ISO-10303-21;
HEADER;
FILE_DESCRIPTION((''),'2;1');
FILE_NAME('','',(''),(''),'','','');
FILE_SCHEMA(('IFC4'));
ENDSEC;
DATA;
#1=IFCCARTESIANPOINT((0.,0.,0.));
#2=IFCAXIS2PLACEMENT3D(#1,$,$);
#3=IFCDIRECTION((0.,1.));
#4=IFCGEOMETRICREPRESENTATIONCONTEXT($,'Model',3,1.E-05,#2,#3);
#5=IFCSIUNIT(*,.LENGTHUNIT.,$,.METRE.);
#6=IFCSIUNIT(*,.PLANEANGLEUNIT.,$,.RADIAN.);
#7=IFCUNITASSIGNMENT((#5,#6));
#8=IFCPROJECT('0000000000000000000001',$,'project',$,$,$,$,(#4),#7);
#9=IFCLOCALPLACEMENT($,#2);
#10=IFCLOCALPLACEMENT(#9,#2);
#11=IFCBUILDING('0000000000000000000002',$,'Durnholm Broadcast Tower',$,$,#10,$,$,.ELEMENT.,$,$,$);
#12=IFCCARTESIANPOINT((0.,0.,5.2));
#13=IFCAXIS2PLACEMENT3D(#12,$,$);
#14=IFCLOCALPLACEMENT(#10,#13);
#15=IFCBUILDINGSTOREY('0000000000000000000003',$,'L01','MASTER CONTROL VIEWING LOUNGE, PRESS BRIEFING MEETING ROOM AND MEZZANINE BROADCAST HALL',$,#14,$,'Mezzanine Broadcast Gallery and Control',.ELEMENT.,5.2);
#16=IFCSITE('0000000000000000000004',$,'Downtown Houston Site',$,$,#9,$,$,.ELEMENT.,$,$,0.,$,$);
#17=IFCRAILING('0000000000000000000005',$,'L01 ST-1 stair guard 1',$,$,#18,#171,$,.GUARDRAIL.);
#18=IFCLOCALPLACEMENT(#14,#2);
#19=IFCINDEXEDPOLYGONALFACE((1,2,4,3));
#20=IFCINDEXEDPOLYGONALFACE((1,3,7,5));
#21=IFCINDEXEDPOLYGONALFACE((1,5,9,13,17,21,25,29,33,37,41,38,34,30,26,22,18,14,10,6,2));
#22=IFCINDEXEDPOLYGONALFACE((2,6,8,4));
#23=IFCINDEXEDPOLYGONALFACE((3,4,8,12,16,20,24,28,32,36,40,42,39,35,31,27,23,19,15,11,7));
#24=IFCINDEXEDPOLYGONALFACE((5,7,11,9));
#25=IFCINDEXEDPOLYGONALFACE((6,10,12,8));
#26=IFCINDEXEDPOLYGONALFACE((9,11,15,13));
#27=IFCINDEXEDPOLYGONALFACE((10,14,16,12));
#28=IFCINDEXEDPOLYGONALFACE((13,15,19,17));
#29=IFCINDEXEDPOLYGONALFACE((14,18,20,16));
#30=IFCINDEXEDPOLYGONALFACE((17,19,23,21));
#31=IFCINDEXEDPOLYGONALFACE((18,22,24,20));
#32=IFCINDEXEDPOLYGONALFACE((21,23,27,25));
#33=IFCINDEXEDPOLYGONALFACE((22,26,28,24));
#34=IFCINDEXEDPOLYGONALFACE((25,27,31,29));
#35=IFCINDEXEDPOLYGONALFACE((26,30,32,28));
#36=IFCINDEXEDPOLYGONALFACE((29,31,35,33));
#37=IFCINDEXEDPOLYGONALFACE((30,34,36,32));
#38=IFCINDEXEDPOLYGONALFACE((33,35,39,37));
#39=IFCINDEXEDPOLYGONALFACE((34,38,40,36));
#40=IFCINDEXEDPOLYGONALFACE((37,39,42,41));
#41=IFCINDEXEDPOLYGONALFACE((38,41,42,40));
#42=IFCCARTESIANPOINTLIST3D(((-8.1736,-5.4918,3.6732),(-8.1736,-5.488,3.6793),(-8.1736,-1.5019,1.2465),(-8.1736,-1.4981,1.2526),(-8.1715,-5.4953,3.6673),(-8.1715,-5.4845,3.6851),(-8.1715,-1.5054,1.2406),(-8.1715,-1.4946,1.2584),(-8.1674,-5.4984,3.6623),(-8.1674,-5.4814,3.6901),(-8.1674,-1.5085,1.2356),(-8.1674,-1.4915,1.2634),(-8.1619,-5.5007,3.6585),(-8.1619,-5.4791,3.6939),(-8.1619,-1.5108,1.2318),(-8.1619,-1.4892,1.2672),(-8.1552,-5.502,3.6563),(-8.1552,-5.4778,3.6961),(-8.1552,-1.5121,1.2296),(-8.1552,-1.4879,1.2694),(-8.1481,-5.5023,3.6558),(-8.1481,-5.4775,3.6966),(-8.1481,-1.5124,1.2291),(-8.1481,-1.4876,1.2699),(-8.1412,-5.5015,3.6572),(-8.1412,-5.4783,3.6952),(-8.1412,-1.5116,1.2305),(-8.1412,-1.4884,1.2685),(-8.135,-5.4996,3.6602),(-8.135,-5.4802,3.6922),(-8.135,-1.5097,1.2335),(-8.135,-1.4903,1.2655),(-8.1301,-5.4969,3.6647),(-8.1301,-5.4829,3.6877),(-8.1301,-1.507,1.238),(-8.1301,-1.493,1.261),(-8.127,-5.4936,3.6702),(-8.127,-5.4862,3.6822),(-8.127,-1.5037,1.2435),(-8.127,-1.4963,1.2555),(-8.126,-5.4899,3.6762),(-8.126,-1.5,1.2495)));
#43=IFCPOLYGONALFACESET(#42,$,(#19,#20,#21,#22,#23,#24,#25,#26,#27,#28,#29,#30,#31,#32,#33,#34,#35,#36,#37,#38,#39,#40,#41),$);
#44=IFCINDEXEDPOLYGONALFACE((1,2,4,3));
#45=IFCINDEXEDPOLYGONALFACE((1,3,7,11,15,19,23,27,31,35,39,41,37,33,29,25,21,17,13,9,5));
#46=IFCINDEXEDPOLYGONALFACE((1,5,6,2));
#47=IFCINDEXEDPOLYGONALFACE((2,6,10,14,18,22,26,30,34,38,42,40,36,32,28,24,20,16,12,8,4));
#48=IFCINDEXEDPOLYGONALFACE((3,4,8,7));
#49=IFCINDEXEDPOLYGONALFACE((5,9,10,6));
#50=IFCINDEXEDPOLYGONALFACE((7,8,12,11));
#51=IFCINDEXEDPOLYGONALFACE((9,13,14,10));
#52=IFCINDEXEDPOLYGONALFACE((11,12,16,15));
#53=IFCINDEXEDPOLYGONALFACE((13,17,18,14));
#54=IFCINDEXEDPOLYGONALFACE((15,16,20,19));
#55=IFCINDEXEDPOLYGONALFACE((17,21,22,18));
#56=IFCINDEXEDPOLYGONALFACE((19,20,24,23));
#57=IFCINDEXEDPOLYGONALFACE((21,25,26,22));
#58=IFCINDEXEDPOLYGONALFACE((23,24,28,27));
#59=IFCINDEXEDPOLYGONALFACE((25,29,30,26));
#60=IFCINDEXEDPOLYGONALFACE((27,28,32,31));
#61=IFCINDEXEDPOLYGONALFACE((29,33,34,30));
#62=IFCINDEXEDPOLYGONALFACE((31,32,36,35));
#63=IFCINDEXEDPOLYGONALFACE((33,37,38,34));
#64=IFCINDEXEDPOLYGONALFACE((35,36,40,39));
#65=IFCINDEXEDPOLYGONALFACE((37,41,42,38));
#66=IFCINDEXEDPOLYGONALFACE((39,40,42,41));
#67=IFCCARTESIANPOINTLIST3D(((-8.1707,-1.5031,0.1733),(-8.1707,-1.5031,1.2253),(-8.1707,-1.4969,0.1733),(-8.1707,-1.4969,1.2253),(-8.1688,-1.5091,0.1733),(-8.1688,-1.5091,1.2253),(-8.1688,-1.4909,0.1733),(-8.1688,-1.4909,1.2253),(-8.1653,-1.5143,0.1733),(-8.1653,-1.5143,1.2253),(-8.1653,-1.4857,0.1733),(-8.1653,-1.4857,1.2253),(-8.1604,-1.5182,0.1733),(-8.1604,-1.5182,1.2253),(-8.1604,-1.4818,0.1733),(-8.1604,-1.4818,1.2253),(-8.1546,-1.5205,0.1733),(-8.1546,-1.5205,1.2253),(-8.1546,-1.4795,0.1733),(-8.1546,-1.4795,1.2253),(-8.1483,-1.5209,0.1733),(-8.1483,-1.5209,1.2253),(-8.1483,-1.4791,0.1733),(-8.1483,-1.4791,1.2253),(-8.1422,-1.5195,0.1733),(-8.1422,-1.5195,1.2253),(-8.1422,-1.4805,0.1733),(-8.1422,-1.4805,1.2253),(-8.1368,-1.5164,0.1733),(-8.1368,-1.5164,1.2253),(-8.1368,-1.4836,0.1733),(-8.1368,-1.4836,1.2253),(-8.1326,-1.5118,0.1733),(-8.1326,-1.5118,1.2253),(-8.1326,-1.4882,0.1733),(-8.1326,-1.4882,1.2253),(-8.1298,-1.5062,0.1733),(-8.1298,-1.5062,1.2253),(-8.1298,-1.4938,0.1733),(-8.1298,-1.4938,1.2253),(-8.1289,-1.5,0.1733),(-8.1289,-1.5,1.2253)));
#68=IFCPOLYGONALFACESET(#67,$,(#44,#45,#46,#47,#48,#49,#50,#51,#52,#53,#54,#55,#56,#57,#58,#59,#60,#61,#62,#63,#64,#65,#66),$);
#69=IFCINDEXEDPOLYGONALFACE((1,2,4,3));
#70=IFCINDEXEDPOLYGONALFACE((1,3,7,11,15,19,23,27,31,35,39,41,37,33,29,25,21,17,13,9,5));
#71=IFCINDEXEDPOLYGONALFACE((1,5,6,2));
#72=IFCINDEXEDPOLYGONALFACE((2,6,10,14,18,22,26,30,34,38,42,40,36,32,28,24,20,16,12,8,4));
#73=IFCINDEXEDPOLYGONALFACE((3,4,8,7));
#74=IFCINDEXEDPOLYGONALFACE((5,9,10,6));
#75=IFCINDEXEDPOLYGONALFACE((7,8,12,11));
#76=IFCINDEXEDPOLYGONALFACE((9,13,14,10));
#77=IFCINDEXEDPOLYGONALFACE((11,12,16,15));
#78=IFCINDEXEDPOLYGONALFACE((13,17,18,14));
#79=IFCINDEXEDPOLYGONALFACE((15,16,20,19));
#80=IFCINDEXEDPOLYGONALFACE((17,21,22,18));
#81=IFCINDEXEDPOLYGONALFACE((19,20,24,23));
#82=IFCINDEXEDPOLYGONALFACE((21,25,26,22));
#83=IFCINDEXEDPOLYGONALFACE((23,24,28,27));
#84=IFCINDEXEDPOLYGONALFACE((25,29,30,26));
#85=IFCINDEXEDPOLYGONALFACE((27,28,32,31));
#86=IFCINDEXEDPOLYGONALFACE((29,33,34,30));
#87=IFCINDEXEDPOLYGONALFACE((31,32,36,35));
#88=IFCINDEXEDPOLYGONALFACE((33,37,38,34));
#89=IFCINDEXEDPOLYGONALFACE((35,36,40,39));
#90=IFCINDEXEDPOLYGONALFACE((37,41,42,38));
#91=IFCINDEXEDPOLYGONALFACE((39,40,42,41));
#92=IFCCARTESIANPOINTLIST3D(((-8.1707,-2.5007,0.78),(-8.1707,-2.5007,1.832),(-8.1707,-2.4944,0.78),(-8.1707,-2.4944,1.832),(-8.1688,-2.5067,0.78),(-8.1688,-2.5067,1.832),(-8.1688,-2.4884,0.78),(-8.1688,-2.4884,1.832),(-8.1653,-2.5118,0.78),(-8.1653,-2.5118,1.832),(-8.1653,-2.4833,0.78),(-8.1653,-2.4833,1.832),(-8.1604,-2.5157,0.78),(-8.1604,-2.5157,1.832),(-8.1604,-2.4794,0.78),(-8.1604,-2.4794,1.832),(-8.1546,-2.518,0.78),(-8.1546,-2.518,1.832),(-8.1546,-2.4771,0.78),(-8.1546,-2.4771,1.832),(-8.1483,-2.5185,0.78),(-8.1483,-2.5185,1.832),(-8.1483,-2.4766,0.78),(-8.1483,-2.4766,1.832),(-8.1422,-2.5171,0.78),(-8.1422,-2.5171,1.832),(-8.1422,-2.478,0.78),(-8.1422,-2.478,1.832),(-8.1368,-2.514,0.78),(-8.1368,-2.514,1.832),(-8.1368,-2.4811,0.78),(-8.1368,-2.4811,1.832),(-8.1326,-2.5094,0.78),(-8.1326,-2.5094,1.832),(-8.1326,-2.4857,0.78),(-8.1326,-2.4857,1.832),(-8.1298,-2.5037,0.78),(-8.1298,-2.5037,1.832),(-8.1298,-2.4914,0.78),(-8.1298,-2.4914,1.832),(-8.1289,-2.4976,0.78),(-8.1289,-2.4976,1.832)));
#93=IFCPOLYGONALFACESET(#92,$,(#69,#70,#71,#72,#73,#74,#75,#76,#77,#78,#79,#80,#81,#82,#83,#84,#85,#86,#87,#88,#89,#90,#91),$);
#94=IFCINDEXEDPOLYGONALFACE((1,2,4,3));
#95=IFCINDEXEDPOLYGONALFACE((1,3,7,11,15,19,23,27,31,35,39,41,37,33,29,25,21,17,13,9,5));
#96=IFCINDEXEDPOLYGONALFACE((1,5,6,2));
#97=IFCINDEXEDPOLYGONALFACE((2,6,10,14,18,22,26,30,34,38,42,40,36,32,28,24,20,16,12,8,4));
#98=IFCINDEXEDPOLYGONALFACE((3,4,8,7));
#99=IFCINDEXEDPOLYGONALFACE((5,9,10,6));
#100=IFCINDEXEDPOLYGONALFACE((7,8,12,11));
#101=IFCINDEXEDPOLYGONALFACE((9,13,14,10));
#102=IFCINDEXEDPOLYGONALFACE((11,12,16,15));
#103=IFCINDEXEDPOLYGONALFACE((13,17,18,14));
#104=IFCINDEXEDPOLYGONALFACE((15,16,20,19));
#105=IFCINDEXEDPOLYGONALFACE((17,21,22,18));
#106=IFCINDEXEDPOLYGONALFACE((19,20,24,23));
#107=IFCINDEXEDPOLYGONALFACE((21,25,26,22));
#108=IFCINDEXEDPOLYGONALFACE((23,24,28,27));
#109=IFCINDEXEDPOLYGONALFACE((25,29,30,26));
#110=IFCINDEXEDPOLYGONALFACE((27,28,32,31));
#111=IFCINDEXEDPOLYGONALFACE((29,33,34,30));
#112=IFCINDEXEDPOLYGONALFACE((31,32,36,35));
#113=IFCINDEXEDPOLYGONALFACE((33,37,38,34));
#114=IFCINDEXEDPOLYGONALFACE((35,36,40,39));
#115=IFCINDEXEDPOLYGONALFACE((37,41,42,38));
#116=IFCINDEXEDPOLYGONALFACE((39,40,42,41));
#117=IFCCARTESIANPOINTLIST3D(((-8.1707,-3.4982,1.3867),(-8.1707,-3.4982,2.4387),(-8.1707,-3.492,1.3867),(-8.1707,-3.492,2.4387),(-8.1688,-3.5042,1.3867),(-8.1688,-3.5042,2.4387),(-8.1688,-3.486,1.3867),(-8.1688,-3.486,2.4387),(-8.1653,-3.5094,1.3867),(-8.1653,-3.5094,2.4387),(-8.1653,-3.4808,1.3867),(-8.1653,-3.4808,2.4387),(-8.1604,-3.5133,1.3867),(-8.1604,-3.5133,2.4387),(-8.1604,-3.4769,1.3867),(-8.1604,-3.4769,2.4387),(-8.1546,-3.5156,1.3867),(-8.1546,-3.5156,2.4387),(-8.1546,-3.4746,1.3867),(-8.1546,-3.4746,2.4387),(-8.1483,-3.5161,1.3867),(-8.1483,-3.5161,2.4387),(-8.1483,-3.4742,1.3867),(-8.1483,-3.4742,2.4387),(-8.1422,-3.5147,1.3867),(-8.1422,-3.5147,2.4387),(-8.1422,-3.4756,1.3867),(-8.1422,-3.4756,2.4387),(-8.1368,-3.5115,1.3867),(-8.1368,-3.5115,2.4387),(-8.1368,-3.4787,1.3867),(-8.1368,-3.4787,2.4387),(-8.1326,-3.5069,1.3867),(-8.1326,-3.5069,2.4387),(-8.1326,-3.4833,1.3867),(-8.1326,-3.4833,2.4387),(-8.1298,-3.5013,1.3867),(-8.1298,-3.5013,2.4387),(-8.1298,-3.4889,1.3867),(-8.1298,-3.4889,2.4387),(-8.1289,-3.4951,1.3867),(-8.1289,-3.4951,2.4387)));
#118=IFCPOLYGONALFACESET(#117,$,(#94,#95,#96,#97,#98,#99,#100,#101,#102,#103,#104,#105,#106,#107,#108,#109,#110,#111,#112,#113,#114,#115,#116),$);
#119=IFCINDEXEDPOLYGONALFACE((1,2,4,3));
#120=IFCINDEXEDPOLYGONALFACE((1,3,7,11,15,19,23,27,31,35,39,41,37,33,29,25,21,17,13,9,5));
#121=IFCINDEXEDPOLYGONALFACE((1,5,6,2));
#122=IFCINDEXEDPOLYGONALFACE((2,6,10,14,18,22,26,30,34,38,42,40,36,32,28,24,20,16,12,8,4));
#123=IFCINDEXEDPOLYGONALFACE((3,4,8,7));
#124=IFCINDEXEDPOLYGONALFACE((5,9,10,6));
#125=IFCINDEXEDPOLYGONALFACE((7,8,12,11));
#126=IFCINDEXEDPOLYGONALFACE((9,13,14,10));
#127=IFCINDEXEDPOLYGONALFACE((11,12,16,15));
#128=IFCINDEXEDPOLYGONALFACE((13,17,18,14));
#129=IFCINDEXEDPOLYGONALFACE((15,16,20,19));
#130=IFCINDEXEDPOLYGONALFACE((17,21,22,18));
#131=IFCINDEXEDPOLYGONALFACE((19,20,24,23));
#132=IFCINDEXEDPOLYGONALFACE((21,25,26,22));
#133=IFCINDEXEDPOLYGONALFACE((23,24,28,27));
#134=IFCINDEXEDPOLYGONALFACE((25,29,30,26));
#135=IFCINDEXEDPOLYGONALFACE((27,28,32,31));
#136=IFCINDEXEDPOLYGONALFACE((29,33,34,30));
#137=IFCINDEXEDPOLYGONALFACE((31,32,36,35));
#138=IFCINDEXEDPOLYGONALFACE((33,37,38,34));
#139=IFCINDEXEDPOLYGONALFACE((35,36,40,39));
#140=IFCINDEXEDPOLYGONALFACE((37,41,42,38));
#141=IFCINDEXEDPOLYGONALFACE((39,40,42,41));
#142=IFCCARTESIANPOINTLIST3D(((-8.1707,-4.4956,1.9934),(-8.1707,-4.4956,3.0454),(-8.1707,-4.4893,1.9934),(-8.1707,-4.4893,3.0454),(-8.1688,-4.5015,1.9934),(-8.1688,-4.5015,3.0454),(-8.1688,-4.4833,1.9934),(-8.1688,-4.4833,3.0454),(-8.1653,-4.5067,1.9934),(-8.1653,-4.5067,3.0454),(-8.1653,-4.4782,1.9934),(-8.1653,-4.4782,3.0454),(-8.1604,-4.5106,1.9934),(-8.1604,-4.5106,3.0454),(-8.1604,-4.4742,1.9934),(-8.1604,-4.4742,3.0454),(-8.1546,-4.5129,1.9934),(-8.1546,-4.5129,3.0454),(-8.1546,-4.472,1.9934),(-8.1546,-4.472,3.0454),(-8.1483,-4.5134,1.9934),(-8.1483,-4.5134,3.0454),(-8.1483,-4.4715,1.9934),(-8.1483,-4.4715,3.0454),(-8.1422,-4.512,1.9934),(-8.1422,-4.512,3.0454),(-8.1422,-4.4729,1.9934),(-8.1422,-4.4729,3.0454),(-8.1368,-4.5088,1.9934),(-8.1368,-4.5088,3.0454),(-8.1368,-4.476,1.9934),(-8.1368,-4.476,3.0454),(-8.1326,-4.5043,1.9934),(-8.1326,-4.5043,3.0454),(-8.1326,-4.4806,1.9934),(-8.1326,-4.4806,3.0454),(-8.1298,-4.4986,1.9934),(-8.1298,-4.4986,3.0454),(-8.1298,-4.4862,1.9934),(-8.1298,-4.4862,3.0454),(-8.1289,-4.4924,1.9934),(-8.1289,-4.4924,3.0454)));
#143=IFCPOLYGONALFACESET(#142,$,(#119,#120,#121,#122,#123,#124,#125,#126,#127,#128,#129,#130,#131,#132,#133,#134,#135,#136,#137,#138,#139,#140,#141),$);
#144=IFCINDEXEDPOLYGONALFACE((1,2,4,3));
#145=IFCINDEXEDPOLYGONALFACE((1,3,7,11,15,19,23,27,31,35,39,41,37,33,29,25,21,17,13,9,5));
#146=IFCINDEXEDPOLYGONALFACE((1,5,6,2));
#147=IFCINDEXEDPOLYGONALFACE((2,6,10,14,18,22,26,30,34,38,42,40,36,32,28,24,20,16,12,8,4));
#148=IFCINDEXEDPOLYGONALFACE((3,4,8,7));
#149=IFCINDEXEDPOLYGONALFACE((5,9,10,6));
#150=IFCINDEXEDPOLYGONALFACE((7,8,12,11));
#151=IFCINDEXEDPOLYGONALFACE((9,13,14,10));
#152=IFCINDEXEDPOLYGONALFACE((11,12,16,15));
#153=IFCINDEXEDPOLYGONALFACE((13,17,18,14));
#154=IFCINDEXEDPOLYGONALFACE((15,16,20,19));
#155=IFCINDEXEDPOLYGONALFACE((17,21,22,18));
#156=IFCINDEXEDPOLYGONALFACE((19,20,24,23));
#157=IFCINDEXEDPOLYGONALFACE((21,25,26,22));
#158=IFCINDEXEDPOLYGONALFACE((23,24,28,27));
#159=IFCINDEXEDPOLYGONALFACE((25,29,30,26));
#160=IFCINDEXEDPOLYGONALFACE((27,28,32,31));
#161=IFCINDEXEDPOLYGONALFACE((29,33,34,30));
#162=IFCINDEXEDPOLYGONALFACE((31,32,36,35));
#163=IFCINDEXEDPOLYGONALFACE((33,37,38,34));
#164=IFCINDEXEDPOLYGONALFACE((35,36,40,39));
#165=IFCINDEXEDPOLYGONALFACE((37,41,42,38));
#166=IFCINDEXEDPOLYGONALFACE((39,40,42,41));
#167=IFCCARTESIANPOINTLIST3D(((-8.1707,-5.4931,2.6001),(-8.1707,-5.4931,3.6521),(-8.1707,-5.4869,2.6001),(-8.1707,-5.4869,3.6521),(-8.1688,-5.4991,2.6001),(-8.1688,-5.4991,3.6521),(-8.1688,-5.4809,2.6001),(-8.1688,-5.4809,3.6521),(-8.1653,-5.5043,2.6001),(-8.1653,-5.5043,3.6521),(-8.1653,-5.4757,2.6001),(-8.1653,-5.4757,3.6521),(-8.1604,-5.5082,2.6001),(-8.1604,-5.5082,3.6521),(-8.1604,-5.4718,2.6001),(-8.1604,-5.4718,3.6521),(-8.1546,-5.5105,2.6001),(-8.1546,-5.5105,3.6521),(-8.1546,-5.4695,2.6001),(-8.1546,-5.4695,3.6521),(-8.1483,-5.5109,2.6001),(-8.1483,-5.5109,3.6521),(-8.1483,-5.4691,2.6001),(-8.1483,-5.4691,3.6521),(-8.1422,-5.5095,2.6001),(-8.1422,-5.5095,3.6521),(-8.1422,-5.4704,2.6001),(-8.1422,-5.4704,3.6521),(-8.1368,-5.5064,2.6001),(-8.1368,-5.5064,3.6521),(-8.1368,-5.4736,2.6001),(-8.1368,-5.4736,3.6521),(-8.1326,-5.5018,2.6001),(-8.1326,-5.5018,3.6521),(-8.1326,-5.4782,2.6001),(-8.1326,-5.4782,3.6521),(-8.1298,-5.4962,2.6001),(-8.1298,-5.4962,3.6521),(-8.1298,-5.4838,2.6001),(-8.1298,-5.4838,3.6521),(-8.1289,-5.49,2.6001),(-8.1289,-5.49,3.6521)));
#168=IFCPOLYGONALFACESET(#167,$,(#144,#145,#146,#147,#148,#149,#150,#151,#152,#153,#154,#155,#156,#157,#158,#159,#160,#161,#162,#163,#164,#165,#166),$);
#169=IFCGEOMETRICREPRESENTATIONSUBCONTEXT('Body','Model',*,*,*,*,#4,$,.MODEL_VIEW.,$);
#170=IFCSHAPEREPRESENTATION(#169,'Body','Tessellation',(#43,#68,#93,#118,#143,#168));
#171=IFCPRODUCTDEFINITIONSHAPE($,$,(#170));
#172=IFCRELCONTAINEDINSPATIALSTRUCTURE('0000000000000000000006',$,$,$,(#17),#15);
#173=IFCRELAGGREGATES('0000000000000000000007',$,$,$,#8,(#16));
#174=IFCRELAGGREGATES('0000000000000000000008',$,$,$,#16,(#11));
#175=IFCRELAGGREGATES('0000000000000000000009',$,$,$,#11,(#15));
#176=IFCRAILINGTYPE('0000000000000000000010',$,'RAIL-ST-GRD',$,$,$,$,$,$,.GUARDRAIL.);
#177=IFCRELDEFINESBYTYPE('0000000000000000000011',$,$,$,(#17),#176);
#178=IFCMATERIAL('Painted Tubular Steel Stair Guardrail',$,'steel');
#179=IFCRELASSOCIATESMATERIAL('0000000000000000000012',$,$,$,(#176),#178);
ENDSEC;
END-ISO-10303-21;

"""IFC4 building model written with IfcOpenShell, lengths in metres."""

from ifc_helpers import new_model, si_unit, direction, frame, origin, origin_2d, place, context, subcontext, project, spatial, circle, extrude, material, type_object, element, save


model = new_model("IFC4")

# Units and contexts
model_context = context("Model", 3, precision=1e-05, world=origin(), true_north=direction((0.0, 1.0)))
body_context = subcontext(model_context, "Body", "Model", "MODEL_VIEW")
ifc_project = project(units=[si_unit("LENGTHUNIT", "METRE"), si_unit("PLANEANGLEUNIT", "RADIAN")], contexts=[model_context])

# Site, building, storey
site_placement = place(None, origin())
site = spatial("IfcSite", under=ifc_project, at=site_placement, Name="Downtown Houston Site", CompositionType="ELEMENT", RefElevation=0.0)
building_placement = place(site_placement, origin())
building = spatial("IfcBuilding", under=site, at=building_placement, Name="Durnholm Broadcast Tower", CompositionType="ELEMENT")
storey_placement = place(building_placement, frame((0.0, 0.0, 5.2)))
storey = spatial("IfcBuildingStorey", under=building, at=storey_placement, Name="L01", Description="MASTER CONTROL VIEWING LOUNGE, PRESS BRIEFING MEETING ROOM AND MEZZANINE BROADCAST HALL", LongName="Mezzanine Broadcast Gallery and Control", CompositionType="ELEMENT", Elevation=5.2)

# Railing
ifc_material_1 = material(Name="Painted Tubular Steel Stair Guardrail", Category="steel")
railing_type_1 = type_object("IfcRailingType", Name="RAIL-ST-GRD", PredefinedType="GUARDRAIL", material=ifc_material_1)
railing_1_placement = place(storey_placement, frame((-8.1499, -1.5, 0.1733)))
element("IfcRailing", 1, at=railing_1_placement, inside=storey, type_object=railing_type_1, Name="L01 ST-1 stair guard 1", PredefinedType="GUARDRAIL", context=body_context, shape_type="SweptSolid", body=[
    extrude(circle(Radius=0.0239, at=origin_2d()), frame((0.0, 0.0, 1.0762), z_axis=(0.0, -0.854382, 0.519645), x_axis=(1.0, 0.0, 0.0)), (0.0, 0.0, 1.0), 4.6699),
    extrude(circle(Radius=0.021, at=origin_2d()), origin(), (0.0, 0.0, 1.0), 1.052),
    extrude(circle(Radius=0.021, at=origin_2d()), frame((0.0, -0.9976, 0.6067)), (0.0, 0.0, 1.0), 1.052),
    extrude(circle(Radius=0.021, at=origin_2d()), frame((0.0, -1.9951, 1.2134)), (0.0, 0.0, 1.0), 1.052),
    extrude(circle(Radius=0.021, at=origin_2d()), frame((0.0, -2.9924, 1.8201)), (0.0, 0.0, 1.0), 1.052),
    extrude(circle(Radius=0.021, at=origin_2d()), frame((0.0, -3.99, 2.4268)), (0.0, 0.0, 1.0), 1.052),
])

save(model, "model.ifc")
